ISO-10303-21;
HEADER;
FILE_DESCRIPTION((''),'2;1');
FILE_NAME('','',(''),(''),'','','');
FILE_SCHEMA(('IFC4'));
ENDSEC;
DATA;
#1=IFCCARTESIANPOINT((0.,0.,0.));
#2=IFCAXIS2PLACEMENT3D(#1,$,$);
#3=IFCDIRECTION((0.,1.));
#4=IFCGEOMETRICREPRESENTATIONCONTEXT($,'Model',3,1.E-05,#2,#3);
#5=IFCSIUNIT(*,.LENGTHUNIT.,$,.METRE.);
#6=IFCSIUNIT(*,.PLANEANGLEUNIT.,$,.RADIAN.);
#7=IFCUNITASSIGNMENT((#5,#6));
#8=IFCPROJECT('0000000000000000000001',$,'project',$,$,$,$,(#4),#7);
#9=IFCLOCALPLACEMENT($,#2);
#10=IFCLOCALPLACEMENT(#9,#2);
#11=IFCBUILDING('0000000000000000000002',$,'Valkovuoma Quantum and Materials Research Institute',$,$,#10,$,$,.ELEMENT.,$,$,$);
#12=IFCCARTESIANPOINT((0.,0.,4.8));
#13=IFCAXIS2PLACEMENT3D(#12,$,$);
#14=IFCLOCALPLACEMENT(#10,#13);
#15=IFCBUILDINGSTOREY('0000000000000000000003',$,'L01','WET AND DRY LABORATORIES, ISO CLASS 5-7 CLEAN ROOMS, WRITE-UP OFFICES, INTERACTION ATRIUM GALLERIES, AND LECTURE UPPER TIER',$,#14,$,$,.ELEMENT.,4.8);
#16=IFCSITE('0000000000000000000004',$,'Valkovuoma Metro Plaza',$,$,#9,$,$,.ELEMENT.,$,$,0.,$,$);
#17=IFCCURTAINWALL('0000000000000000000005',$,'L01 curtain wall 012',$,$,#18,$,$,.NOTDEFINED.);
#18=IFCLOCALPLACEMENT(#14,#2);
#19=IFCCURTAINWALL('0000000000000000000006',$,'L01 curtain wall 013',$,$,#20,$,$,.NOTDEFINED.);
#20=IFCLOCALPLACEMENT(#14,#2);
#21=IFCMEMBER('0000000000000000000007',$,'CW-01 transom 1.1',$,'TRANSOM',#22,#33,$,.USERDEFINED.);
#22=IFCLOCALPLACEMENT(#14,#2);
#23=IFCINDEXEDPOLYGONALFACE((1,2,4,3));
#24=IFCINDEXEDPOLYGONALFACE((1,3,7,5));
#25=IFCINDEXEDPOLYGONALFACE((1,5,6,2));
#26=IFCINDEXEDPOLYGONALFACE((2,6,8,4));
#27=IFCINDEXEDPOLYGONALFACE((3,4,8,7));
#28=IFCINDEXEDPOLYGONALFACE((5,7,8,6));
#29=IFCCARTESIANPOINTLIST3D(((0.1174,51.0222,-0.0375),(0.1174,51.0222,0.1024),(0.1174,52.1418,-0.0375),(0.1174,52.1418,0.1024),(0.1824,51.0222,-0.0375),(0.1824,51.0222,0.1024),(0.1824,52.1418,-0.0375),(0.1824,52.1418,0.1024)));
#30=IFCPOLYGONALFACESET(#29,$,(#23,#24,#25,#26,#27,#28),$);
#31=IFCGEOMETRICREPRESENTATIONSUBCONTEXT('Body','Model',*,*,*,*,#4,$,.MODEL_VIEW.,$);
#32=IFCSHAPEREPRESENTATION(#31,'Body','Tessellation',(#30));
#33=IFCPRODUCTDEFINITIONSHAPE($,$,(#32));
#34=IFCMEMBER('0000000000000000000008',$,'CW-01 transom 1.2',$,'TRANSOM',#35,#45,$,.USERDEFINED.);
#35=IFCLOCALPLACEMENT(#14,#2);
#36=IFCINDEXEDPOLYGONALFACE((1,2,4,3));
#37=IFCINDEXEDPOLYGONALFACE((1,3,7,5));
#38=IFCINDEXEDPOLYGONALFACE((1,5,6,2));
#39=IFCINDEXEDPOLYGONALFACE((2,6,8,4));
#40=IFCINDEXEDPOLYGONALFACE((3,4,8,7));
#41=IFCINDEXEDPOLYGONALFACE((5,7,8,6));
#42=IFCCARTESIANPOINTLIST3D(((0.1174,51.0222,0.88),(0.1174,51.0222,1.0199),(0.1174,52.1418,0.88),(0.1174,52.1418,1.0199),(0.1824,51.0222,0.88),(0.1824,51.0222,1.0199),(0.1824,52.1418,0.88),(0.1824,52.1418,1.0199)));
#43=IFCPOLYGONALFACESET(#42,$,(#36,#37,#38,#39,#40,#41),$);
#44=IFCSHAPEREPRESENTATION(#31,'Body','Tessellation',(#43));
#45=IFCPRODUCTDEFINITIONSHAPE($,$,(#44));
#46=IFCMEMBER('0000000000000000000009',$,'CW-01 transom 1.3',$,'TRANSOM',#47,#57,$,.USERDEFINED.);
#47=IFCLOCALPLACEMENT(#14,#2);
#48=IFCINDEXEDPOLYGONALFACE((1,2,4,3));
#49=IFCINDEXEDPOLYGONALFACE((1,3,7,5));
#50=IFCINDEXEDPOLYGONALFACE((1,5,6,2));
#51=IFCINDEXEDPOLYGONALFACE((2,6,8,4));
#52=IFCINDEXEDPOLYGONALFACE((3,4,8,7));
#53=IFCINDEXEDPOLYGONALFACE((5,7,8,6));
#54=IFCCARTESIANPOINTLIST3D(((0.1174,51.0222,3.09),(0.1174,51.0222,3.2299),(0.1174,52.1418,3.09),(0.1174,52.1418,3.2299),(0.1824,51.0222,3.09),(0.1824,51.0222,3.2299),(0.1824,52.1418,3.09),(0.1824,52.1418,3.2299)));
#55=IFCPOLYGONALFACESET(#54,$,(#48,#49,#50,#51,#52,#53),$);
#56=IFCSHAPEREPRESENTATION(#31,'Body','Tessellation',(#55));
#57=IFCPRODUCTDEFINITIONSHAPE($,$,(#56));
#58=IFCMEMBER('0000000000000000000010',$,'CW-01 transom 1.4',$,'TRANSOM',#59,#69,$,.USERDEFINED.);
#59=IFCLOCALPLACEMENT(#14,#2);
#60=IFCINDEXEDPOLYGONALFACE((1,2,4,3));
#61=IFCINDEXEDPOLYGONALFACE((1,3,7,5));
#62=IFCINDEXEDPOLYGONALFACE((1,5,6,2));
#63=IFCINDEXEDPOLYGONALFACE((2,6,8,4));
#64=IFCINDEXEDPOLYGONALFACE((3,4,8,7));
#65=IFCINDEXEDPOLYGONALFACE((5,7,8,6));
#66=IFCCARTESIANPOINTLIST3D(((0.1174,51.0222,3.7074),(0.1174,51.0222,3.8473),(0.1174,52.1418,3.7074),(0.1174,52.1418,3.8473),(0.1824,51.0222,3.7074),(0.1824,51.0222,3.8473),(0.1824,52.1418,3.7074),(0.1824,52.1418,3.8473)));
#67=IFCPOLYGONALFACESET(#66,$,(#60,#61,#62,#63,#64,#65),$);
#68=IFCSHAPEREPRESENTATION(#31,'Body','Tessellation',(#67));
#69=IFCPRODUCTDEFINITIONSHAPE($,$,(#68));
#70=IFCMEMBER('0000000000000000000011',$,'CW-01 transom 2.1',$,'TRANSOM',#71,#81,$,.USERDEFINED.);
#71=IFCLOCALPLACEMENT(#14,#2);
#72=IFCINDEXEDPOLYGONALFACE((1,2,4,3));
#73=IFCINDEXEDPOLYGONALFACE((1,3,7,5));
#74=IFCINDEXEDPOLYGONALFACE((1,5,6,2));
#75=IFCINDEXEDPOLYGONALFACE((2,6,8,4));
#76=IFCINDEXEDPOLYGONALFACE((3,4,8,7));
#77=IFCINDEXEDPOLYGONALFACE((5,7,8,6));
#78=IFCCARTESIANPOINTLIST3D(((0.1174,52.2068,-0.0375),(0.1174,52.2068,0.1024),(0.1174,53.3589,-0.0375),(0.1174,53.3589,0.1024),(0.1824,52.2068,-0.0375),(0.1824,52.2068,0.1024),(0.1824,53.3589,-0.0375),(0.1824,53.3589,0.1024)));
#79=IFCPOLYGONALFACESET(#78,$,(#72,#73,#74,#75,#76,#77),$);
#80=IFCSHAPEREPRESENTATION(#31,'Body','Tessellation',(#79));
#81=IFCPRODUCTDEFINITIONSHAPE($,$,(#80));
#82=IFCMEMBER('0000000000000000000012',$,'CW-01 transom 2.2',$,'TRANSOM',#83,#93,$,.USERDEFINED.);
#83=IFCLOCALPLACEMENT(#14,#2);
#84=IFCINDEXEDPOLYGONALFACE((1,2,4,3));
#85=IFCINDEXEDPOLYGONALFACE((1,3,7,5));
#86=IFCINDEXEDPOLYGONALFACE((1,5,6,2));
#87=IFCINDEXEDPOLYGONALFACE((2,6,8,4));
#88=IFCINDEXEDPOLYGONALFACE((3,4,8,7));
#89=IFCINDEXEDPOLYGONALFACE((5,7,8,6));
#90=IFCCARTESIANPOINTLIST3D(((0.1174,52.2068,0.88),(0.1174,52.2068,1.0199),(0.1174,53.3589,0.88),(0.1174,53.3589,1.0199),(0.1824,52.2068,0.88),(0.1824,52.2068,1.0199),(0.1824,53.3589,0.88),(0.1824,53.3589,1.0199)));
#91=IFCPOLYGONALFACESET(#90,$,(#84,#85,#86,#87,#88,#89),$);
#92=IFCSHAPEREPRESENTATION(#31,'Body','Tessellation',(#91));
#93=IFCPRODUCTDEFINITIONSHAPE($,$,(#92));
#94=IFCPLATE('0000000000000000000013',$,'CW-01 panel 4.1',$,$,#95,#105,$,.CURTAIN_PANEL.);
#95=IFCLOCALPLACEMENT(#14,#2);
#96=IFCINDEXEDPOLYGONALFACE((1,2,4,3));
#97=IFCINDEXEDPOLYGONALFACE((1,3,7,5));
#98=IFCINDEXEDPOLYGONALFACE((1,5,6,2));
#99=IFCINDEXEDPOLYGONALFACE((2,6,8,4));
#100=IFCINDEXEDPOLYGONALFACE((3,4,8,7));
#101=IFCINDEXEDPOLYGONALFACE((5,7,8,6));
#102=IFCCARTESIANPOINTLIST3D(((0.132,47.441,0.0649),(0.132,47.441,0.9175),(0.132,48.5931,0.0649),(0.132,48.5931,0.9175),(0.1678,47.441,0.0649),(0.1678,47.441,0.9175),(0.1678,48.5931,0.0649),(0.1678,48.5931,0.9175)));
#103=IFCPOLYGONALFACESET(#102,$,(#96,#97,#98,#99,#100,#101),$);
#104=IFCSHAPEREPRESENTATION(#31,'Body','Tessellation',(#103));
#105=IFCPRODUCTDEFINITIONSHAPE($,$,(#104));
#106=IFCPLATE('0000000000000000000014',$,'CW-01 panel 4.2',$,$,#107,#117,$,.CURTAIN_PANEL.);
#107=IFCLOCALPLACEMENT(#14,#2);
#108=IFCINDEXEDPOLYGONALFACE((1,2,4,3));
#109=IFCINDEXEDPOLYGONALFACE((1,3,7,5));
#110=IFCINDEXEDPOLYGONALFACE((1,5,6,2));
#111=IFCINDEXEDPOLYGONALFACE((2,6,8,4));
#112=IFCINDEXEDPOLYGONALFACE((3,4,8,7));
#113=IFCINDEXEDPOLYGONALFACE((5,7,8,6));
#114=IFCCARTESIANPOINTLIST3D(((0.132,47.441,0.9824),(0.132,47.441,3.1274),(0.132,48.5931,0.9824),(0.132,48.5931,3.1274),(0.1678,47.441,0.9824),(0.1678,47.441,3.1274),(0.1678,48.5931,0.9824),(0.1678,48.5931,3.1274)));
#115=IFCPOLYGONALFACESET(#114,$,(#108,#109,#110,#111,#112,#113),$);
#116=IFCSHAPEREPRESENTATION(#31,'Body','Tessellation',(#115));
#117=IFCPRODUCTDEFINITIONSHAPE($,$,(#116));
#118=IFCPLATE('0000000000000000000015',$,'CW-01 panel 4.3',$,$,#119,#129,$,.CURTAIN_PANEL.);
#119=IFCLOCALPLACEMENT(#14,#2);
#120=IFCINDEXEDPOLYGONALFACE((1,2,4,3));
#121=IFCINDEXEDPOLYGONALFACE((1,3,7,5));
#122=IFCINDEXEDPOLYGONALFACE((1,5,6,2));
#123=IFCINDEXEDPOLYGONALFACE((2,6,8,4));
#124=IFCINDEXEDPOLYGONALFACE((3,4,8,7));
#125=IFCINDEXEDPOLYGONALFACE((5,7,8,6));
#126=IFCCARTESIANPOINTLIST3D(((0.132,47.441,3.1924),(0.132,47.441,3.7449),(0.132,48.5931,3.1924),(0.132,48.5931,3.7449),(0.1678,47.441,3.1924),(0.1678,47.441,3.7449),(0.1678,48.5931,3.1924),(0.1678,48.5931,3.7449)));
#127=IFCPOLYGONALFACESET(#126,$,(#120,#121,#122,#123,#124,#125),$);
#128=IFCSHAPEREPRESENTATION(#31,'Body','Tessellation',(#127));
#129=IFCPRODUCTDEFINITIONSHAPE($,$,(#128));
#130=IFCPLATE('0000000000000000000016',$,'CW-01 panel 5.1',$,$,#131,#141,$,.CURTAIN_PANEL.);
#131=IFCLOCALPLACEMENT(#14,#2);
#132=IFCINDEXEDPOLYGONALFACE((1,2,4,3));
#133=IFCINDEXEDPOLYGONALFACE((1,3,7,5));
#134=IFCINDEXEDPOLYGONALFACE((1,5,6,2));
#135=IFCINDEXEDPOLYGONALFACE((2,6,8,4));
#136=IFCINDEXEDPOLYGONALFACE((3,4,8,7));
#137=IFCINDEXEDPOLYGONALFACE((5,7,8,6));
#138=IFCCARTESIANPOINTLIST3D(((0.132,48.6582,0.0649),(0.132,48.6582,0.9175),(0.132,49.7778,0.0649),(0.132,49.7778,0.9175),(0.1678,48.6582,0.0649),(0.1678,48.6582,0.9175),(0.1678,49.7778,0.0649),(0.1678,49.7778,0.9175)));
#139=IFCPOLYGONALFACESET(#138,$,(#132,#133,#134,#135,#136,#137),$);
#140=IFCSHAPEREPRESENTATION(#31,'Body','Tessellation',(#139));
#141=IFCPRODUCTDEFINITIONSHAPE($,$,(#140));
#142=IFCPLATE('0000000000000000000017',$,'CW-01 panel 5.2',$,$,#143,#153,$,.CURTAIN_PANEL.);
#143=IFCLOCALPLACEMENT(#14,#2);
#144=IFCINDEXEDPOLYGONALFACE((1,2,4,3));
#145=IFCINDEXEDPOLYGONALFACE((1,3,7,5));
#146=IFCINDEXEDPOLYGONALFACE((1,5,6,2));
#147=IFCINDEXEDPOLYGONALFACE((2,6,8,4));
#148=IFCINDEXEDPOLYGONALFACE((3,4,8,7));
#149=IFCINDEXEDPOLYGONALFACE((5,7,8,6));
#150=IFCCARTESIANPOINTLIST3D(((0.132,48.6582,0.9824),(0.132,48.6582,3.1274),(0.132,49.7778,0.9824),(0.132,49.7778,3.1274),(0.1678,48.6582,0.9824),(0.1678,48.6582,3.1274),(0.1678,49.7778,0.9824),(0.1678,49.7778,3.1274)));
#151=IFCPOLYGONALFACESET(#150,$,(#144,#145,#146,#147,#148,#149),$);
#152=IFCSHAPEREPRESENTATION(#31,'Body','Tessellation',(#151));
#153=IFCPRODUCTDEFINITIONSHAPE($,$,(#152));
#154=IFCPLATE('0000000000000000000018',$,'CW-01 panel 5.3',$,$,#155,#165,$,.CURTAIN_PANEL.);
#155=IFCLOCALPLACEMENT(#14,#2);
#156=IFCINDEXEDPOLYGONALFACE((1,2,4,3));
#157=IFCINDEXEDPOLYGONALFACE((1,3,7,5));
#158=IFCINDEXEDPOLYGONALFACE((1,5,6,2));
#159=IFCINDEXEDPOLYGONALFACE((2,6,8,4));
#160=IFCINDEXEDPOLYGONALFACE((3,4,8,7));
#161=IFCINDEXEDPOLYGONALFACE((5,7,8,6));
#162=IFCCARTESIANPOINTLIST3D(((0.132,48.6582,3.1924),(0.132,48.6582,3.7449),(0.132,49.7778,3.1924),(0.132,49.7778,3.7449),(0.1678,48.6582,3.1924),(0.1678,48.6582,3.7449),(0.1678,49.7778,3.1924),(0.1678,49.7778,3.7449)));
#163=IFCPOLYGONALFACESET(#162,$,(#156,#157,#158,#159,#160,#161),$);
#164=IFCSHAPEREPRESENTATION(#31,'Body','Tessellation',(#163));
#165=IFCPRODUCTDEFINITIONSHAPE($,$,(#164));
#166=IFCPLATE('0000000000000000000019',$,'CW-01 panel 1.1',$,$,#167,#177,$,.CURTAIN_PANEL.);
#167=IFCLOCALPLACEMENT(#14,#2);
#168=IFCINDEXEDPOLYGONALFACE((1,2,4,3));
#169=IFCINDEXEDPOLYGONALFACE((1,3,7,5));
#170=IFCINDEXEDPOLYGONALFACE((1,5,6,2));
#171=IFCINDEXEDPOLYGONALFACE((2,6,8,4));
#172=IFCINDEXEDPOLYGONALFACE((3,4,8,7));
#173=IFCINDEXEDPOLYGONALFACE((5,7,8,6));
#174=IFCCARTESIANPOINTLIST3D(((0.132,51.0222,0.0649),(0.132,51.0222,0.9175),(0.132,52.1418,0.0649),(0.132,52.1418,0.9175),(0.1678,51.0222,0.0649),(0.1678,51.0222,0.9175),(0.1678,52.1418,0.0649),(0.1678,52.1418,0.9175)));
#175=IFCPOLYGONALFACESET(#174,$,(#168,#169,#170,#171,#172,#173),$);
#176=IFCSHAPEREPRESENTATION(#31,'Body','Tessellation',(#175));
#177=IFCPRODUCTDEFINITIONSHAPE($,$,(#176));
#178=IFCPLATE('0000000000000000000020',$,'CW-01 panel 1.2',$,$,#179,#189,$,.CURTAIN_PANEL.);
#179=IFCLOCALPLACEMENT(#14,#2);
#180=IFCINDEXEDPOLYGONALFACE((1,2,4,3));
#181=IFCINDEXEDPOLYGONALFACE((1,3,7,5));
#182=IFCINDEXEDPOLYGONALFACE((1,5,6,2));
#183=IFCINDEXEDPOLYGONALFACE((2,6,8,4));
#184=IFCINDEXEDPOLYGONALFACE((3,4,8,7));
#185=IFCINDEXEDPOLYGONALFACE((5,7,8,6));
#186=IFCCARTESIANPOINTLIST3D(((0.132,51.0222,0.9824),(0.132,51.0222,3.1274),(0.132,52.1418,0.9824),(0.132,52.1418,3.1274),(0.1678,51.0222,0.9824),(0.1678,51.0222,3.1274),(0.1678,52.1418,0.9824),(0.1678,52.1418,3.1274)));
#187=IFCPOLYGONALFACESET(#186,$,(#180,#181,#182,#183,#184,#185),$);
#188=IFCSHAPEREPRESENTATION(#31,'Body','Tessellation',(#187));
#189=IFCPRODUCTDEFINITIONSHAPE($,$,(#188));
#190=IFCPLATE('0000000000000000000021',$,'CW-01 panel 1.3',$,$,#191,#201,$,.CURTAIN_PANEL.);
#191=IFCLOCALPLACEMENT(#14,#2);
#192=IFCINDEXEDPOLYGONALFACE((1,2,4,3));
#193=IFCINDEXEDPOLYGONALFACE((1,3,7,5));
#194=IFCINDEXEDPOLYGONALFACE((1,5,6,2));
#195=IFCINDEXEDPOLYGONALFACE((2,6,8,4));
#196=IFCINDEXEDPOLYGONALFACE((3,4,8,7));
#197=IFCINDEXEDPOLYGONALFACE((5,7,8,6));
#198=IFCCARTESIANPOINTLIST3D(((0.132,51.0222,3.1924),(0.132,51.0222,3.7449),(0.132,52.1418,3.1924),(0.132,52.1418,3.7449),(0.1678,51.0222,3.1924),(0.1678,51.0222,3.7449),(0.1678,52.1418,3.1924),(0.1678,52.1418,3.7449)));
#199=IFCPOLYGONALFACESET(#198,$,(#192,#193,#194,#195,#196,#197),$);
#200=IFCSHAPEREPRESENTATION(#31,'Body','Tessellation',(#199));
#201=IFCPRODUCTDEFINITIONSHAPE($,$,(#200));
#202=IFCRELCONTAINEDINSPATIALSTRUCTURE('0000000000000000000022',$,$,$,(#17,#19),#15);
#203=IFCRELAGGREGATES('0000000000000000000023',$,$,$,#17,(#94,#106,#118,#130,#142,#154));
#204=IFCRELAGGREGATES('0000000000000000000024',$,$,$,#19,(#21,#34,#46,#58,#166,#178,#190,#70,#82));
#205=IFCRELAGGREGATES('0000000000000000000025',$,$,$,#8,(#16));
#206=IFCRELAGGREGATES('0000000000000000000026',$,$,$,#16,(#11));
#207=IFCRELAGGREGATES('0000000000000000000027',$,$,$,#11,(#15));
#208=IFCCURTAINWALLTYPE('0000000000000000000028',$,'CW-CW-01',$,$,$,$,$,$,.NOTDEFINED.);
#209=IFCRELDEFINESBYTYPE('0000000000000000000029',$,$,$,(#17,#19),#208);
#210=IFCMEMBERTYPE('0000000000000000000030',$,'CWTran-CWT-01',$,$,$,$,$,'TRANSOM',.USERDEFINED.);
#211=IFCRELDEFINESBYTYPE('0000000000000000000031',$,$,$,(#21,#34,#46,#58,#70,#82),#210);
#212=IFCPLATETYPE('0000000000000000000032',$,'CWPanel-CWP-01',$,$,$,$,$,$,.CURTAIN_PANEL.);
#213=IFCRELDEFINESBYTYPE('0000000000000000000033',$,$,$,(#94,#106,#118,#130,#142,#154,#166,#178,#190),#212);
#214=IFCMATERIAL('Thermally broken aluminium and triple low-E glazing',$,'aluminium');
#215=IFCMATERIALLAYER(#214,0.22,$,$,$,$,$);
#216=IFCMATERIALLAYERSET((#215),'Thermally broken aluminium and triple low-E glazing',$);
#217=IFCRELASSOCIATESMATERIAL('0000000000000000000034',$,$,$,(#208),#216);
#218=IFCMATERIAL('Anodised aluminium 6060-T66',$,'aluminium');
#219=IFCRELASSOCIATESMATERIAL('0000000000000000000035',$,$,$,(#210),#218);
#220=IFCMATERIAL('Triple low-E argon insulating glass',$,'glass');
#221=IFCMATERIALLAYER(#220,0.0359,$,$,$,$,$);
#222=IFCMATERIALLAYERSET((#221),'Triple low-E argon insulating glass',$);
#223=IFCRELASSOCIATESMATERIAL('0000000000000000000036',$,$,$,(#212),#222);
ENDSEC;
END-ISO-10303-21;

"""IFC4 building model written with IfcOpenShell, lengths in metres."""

from ifc_helpers import new_model, si_unit, direction, frame, origin, origin_2d, place, context, subcontext, project, spatial, rectangle, extrude, material, layer, layer_set, material_profile, profile_set, type_object, element, aggregate, save


model = new_model("IFC4")

# Units and contexts
model_context = context("Model", 3, precision=1e-05, world=origin(), true_north=direction((0.0, 1.0)))
body_context = subcontext(model_context, "Body", "Model", "MODEL_VIEW")
ifc_project = project(units=[si_unit("LENGTHUNIT", "METRE"), si_unit("PLANEANGLEUNIT", "RADIAN")], contexts=[model_context])

# Site, building, storey
site_placement = place(None, origin())
site = spatial("IfcSite", under=ifc_project, at=site_placement, Name="Valkovuoma Metro Plaza", CompositionType="ELEMENT", RefElevation=0.0)
building_placement = place(site_placement, origin())
building = spatial("IfcBuilding", under=site, at=building_placement, Name="Valkovuoma Quantum and Materials Research Institute", CompositionType="ELEMENT")
storey_placement = place(building_placement, frame((0.0, 0.0, 4.8)))
storey = spatial("IfcBuildingStorey", under=building, at=storey_placement, Name="L01", Description="WET AND DRY LABORATORIES, ISO CLASS 5-7 CLEAN ROOMS, WRITE-UP OFFICES, INTERACTION ATRIUM GALLERIES, AND LECTURE UPPER TIER", CompositionType="ELEMENT", Elevation=4.8)

# Curtain walls
ifc_material_1 = material(Name="Thermally broken aluminium and triple low-E glazing", Category="aluminium")
ifc_layer_1 = layer(ifc_material_1, 0.22)
ifc_layer_set_1 = layer_set([ifc_layer_1], Name="Thermally broken aluminium and triple low-E glazing")
curtain_wall_type = type_object("IfcCurtainWallType", Name="CW-CW-01", PredefinedType="NOTDEFINED", material=ifc_layer_set_1)
curtain_wall_1_placement = place(storey_placement, origin())
curtain_wall_1 = element("IfcCurtainWall", 1, at=curtain_wall_1_placement, inside=storey, type_object=curtain_wall_type, Name="L01 curtain wall 012", PredefinedType="NOTDEFINED")
curtain_wall_2_placement = place(storey_placement, origin())
curtain_wall_2 = element("IfcCurtainWall", 2, at=curtain_wall_2_placement, inside=storey, type_object=curtain_wall_type, Name="L01 curtain wall 013", PredefinedType="NOTDEFINED")

# Members
ifc_material_2 = material(Name="Anodised aluminium 6060-T66", Category="aluminium")
ifc_material_profile_1 = material_profile(ifc_material_2, rectangle(XDim=0.0649, YDim=0.1399, at=origin_2d()), Name="Anodised aluminium 6060-T66")
ifc_profile_set_1 = profile_set([ifc_material_profile_1], Name="Anodised aluminium 6060-T66")
member_type_1 = type_object("IfcMemberType", Name="CWTran-CWT-01", ElementType="TRANSOM", PredefinedType="USERDEFINED", material=ifc_profile_set_1)
member_1_placement = place(storey_placement, frame((0.1499, 51.0222, 0.0325), z_axis=(0.0, 1.0, 0.0), x_axis=(-1.0, 0.0, 0.0)))
member_1 = element("IfcMember", 3, at=member_1_placement, type_object=member_type_1, Name="CW-01 transom 1.1", ObjectType="TRANSOM", PredefinedType="USERDEFINED", context=body_context, shape_type="SweptSolid", body=[
    extrude(rectangle(XDim=0.0649, YDim=0.1399, at=origin_2d()), origin(), (0.0, 0.0, 1.0), 1.1196),
])
member_2_placement = place(storey_placement, frame((0.1499, 51.0222, 0.95), z_axis=(0.0, 1.0, 0.0), x_axis=(-1.0, 0.0, 0.0)))
member_2 = element("IfcMember", 4, at=member_2_placement, type_object=member_type_1, Name="CW-01 transom 1.2", ObjectType="TRANSOM", PredefinedType="USERDEFINED", context=body_context, shape_type="SweptSolid", body=[
    extrude(rectangle(XDim=0.0649, YDim=0.1399, at=origin_2d()), origin(), (0.0, 0.0, 1.0), 1.1196),
])
member_3_placement = place(storey_placement, frame((0.1499, 51.0222, 3.1599), z_axis=(0.0, 1.0, 0.0), x_axis=(-1.0, 0.0, 0.0)))
member_3 = element("IfcMember", 5, at=member_3_placement, type_object=member_type_1, Name="CW-01 transom 1.3", ObjectType="TRANSOM", PredefinedType="USERDEFINED", context=body_context, shape_type="SweptSolid", body=[
    extrude(rectangle(XDim=0.0649, YDim=0.1399, at=origin_2d()), origin(), (0.0, 0.0, 1.0), 1.1196),
])
member_4_placement = place(storey_placement, frame((0.1499, 51.0222, 3.7773), z_axis=(0.0, 1.0, 0.0), x_axis=(-1.0, 0.0, 0.0)))
member_4 = element("IfcMember", 6, at=member_4_placement, type_object=member_type_1, Name="CW-01 transom 1.4", ObjectType="TRANSOM", PredefinedType="USERDEFINED", context=body_context, shape_type="SweptSolid", body=[
    extrude(rectangle(XDim=0.0649, YDim=0.1399, at=origin_2d()), origin(), (0.0, 0.0, 1.0), 1.1196),
])
member_5_placement = place(storey_placement, frame((0.1499, 52.2068, 0.0325), z_axis=(0.0, 1.0, 0.0), x_axis=(-1.0, 0.0, 0.0)))
member_5 = element("IfcMember", 7, at=member_5_placement, type_object=member_type_1, Name="CW-01 transom 2.1", ObjectType="TRANSOM", PredefinedType="USERDEFINED", context=body_context, shape_type="SweptSolid", body=[
    extrude(rectangle(XDim=0.0649, YDim=0.1399, at=origin_2d()), origin(), (0.0, 0.0, 1.0), 1.1521),
])
member_6_placement = place(storey_placement, frame((0.1499, 52.2068, 0.95), z_axis=(0.0, 1.0, 0.0), x_axis=(-1.0, 0.0, 0.0)))
member_6 = element("IfcMember", 8, at=member_6_placement, type_object=member_type_1, Name="CW-01 transom 2.2", ObjectType="TRANSOM", PredefinedType="USERDEFINED", context=body_context, shape_type="SweptSolid", body=[
    extrude(rectangle(XDim=0.0649, YDim=0.1399, at=origin_2d()), origin(), (0.0, 0.0, 1.0), 1.1521),
])

# Plates
ifc_material_3 = material(Name="Triple low-E argon insulating glass", Category="glass")
ifc_layer_2 = layer(ifc_material_3, 0.0359)
ifc_layer_set_2 = layer_set([ifc_layer_2], Name="Triple low-E argon insulating glass")
plate_type = type_object("IfcPlateType", Name="CWPanel-CWP-01", PredefinedType="CURTAIN_PANEL", material=ifc_layer_set_2)
plate_1_placement = place(storey_placement, frame((0.1499, 48.0171, 0.0649), z_axis=(0.0, 0.0, 1.0), x_axis=(0.0, 1.0, 0.0)))
plate_1 = element("IfcPlate", 9, at=plate_1_placement, type_object=plate_type, Name="CW-01 panel 4.1", PredefinedType="CURTAIN_PANEL", context=body_context, shape_type="SweptSolid", body=[
    extrude(rectangle(XDim=1.1521, YDim=0.0359, at=origin_2d()), origin(), (0.0, 0.0, 1.0), 0.8525),
])
plate_2_placement = place(storey_placement, frame((0.1499, 48.0171, 0.9824), z_axis=(0.0, 0.0, 1.0), x_axis=(0.0, 1.0, 0.0)))
plate_2 = element("IfcPlate", 10, at=plate_2_placement, type_object=plate_type, Name="CW-01 panel 4.2", PredefinedType="CURTAIN_PANEL", context=body_context, shape_type="SweptSolid", body=[
    extrude(rectangle(XDim=1.1521, YDim=0.0359, at=origin_2d()), origin(), (0.0, 0.0, 1.0), 2.145),
])
plate_3_placement = place(storey_placement, frame((0.1499, 48.0171, 3.1924), z_axis=(0.0, 0.0, 1.0), x_axis=(0.0, 1.0, 0.0)))
plate_3 = element("IfcPlate", 11, at=plate_3_placement, type_object=plate_type, Name="CW-01 panel 4.3", PredefinedType="CURTAIN_PANEL", context=body_context, shape_type="SweptSolid", body=[
    extrude(rectangle(XDim=1.1521, YDim=0.0359, at=origin_2d()), origin(), (0.0, 0.0, 1.0), 0.5525),
])
plate_4_placement = place(storey_placement, frame((0.1499, 49.218, 0.0649), z_axis=(0.0, 0.0, 1.0), x_axis=(0.0, 1.0, 0.0)))
plate_4 = element("IfcPlate", 12, at=plate_4_placement, type_object=plate_type, Name="CW-01 panel 5.1", PredefinedType="CURTAIN_PANEL", context=body_context, shape_type="SweptSolid", body=[
    extrude(rectangle(XDim=1.1196, YDim=0.0359, at=origin_2d()), origin(), (0.0, 0.0, 1.0), 0.8525),
])
plate_5_placement = place(storey_placement, frame((0.1499, 49.218, 0.9824), z_axis=(0.0, 0.0, 1.0), x_axis=(0.0, 1.0, 0.0)))
plate_5 = element("IfcPlate", 13, at=plate_5_placement, type_object=plate_type, Name="CW-01 panel 5.2", PredefinedType="CURTAIN_PANEL", context=body_context, shape_type="SweptSolid", body=[
    extrude(rectangle(XDim=1.1196, YDim=0.0359, at=origin_2d()), origin(), (0.0, 0.0, 1.0), 2.145),
])
plate_6_placement = place(storey_placement, frame((0.1499, 49.218, 3.1924), z_axis=(0.0, 0.0, 1.0), x_axis=(0.0, 1.0, 0.0)))
plate_6 = element("IfcPlate", 14, at=plate_6_placement, type_object=plate_type, Name="CW-01 panel 5.3", PredefinedType="CURTAIN_PANEL", context=body_context, shape_type="SweptSolid", body=[
    extrude(rectangle(XDim=1.1196, YDim=0.0359, at=origin_2d()), origin(), (0.0, 0.0, 1.0), 0.5525),
])
aggregate(curtain_wall_1, [plate_1, plate_2, plate_3, plate_4, plate_5, plate_6])
plate_7_placement = place(storey_placement, frame((0.1499, 51.582, 0.0649), z_axis=(0.0, 0.0, 1.0), x_axis=(0.0, 1.0, 0.0)))
plate_7 = element("IfcPlate", 15, at=plate_7_placement, type_object=plate_type, Name="CW-01 panel 1.1", PredefinedType="CURTAIN_PANEL", context=body_context, shape_type="SweptSolid", body=[
    extrude(rectangle(XDim=1.1196, YDim=0.0359, at=origin_2d()), origin(), (0.0, 0.0, 1.0), 0.8525),
])
plate_8_placement = place(storey_placement, frame((0.1499, 51.582, 0.9824), z_axis=(0.0, 0.0, 1.0), x_axis=(0.0, 1.0, 0.0)))
plate_8 = element("IfcPlate", 16, at=plate_8_placement, type_object=plate_type, Name="CW-01 panel 1.2", PredefinedType="CURTAIN_PANEL", context=body_context, shape_type="SweptSolid", body=[
    extrude(rectangle(XDim=1.1196, YDim=0.0359, at=origin_2d()), origin(), (0.0, 0.0, 1.0), 2.145),
])
plate_9_placement = place(storey_placement, frame((0.1499, 51.582, 3.1924), z_axis=(0.0, 0.0, 1.0), x_axis=(0.0, 1.0, 0.0)))
plate_9 = element("IfcPlate", 17, at=plate_9_placement, type_object=plate_type, Name="CW-01 panel 1.3", PredefinedType="CURTAIN_PANEL", context=body_context, shape_type="SweptSolid", body=[
    extrude(rectangle(XDim=1.1196, YDim=0.0359, at=origin_2d()), origin(), (0.0, 0.0, 1.0), 0.5525),
])
aggregate(curtain_wall_2, [member_1, member_2, member_3, member_4, plate_7, plate_8, plate_9, member_5, member_6])

save(model, "model.ifc")
